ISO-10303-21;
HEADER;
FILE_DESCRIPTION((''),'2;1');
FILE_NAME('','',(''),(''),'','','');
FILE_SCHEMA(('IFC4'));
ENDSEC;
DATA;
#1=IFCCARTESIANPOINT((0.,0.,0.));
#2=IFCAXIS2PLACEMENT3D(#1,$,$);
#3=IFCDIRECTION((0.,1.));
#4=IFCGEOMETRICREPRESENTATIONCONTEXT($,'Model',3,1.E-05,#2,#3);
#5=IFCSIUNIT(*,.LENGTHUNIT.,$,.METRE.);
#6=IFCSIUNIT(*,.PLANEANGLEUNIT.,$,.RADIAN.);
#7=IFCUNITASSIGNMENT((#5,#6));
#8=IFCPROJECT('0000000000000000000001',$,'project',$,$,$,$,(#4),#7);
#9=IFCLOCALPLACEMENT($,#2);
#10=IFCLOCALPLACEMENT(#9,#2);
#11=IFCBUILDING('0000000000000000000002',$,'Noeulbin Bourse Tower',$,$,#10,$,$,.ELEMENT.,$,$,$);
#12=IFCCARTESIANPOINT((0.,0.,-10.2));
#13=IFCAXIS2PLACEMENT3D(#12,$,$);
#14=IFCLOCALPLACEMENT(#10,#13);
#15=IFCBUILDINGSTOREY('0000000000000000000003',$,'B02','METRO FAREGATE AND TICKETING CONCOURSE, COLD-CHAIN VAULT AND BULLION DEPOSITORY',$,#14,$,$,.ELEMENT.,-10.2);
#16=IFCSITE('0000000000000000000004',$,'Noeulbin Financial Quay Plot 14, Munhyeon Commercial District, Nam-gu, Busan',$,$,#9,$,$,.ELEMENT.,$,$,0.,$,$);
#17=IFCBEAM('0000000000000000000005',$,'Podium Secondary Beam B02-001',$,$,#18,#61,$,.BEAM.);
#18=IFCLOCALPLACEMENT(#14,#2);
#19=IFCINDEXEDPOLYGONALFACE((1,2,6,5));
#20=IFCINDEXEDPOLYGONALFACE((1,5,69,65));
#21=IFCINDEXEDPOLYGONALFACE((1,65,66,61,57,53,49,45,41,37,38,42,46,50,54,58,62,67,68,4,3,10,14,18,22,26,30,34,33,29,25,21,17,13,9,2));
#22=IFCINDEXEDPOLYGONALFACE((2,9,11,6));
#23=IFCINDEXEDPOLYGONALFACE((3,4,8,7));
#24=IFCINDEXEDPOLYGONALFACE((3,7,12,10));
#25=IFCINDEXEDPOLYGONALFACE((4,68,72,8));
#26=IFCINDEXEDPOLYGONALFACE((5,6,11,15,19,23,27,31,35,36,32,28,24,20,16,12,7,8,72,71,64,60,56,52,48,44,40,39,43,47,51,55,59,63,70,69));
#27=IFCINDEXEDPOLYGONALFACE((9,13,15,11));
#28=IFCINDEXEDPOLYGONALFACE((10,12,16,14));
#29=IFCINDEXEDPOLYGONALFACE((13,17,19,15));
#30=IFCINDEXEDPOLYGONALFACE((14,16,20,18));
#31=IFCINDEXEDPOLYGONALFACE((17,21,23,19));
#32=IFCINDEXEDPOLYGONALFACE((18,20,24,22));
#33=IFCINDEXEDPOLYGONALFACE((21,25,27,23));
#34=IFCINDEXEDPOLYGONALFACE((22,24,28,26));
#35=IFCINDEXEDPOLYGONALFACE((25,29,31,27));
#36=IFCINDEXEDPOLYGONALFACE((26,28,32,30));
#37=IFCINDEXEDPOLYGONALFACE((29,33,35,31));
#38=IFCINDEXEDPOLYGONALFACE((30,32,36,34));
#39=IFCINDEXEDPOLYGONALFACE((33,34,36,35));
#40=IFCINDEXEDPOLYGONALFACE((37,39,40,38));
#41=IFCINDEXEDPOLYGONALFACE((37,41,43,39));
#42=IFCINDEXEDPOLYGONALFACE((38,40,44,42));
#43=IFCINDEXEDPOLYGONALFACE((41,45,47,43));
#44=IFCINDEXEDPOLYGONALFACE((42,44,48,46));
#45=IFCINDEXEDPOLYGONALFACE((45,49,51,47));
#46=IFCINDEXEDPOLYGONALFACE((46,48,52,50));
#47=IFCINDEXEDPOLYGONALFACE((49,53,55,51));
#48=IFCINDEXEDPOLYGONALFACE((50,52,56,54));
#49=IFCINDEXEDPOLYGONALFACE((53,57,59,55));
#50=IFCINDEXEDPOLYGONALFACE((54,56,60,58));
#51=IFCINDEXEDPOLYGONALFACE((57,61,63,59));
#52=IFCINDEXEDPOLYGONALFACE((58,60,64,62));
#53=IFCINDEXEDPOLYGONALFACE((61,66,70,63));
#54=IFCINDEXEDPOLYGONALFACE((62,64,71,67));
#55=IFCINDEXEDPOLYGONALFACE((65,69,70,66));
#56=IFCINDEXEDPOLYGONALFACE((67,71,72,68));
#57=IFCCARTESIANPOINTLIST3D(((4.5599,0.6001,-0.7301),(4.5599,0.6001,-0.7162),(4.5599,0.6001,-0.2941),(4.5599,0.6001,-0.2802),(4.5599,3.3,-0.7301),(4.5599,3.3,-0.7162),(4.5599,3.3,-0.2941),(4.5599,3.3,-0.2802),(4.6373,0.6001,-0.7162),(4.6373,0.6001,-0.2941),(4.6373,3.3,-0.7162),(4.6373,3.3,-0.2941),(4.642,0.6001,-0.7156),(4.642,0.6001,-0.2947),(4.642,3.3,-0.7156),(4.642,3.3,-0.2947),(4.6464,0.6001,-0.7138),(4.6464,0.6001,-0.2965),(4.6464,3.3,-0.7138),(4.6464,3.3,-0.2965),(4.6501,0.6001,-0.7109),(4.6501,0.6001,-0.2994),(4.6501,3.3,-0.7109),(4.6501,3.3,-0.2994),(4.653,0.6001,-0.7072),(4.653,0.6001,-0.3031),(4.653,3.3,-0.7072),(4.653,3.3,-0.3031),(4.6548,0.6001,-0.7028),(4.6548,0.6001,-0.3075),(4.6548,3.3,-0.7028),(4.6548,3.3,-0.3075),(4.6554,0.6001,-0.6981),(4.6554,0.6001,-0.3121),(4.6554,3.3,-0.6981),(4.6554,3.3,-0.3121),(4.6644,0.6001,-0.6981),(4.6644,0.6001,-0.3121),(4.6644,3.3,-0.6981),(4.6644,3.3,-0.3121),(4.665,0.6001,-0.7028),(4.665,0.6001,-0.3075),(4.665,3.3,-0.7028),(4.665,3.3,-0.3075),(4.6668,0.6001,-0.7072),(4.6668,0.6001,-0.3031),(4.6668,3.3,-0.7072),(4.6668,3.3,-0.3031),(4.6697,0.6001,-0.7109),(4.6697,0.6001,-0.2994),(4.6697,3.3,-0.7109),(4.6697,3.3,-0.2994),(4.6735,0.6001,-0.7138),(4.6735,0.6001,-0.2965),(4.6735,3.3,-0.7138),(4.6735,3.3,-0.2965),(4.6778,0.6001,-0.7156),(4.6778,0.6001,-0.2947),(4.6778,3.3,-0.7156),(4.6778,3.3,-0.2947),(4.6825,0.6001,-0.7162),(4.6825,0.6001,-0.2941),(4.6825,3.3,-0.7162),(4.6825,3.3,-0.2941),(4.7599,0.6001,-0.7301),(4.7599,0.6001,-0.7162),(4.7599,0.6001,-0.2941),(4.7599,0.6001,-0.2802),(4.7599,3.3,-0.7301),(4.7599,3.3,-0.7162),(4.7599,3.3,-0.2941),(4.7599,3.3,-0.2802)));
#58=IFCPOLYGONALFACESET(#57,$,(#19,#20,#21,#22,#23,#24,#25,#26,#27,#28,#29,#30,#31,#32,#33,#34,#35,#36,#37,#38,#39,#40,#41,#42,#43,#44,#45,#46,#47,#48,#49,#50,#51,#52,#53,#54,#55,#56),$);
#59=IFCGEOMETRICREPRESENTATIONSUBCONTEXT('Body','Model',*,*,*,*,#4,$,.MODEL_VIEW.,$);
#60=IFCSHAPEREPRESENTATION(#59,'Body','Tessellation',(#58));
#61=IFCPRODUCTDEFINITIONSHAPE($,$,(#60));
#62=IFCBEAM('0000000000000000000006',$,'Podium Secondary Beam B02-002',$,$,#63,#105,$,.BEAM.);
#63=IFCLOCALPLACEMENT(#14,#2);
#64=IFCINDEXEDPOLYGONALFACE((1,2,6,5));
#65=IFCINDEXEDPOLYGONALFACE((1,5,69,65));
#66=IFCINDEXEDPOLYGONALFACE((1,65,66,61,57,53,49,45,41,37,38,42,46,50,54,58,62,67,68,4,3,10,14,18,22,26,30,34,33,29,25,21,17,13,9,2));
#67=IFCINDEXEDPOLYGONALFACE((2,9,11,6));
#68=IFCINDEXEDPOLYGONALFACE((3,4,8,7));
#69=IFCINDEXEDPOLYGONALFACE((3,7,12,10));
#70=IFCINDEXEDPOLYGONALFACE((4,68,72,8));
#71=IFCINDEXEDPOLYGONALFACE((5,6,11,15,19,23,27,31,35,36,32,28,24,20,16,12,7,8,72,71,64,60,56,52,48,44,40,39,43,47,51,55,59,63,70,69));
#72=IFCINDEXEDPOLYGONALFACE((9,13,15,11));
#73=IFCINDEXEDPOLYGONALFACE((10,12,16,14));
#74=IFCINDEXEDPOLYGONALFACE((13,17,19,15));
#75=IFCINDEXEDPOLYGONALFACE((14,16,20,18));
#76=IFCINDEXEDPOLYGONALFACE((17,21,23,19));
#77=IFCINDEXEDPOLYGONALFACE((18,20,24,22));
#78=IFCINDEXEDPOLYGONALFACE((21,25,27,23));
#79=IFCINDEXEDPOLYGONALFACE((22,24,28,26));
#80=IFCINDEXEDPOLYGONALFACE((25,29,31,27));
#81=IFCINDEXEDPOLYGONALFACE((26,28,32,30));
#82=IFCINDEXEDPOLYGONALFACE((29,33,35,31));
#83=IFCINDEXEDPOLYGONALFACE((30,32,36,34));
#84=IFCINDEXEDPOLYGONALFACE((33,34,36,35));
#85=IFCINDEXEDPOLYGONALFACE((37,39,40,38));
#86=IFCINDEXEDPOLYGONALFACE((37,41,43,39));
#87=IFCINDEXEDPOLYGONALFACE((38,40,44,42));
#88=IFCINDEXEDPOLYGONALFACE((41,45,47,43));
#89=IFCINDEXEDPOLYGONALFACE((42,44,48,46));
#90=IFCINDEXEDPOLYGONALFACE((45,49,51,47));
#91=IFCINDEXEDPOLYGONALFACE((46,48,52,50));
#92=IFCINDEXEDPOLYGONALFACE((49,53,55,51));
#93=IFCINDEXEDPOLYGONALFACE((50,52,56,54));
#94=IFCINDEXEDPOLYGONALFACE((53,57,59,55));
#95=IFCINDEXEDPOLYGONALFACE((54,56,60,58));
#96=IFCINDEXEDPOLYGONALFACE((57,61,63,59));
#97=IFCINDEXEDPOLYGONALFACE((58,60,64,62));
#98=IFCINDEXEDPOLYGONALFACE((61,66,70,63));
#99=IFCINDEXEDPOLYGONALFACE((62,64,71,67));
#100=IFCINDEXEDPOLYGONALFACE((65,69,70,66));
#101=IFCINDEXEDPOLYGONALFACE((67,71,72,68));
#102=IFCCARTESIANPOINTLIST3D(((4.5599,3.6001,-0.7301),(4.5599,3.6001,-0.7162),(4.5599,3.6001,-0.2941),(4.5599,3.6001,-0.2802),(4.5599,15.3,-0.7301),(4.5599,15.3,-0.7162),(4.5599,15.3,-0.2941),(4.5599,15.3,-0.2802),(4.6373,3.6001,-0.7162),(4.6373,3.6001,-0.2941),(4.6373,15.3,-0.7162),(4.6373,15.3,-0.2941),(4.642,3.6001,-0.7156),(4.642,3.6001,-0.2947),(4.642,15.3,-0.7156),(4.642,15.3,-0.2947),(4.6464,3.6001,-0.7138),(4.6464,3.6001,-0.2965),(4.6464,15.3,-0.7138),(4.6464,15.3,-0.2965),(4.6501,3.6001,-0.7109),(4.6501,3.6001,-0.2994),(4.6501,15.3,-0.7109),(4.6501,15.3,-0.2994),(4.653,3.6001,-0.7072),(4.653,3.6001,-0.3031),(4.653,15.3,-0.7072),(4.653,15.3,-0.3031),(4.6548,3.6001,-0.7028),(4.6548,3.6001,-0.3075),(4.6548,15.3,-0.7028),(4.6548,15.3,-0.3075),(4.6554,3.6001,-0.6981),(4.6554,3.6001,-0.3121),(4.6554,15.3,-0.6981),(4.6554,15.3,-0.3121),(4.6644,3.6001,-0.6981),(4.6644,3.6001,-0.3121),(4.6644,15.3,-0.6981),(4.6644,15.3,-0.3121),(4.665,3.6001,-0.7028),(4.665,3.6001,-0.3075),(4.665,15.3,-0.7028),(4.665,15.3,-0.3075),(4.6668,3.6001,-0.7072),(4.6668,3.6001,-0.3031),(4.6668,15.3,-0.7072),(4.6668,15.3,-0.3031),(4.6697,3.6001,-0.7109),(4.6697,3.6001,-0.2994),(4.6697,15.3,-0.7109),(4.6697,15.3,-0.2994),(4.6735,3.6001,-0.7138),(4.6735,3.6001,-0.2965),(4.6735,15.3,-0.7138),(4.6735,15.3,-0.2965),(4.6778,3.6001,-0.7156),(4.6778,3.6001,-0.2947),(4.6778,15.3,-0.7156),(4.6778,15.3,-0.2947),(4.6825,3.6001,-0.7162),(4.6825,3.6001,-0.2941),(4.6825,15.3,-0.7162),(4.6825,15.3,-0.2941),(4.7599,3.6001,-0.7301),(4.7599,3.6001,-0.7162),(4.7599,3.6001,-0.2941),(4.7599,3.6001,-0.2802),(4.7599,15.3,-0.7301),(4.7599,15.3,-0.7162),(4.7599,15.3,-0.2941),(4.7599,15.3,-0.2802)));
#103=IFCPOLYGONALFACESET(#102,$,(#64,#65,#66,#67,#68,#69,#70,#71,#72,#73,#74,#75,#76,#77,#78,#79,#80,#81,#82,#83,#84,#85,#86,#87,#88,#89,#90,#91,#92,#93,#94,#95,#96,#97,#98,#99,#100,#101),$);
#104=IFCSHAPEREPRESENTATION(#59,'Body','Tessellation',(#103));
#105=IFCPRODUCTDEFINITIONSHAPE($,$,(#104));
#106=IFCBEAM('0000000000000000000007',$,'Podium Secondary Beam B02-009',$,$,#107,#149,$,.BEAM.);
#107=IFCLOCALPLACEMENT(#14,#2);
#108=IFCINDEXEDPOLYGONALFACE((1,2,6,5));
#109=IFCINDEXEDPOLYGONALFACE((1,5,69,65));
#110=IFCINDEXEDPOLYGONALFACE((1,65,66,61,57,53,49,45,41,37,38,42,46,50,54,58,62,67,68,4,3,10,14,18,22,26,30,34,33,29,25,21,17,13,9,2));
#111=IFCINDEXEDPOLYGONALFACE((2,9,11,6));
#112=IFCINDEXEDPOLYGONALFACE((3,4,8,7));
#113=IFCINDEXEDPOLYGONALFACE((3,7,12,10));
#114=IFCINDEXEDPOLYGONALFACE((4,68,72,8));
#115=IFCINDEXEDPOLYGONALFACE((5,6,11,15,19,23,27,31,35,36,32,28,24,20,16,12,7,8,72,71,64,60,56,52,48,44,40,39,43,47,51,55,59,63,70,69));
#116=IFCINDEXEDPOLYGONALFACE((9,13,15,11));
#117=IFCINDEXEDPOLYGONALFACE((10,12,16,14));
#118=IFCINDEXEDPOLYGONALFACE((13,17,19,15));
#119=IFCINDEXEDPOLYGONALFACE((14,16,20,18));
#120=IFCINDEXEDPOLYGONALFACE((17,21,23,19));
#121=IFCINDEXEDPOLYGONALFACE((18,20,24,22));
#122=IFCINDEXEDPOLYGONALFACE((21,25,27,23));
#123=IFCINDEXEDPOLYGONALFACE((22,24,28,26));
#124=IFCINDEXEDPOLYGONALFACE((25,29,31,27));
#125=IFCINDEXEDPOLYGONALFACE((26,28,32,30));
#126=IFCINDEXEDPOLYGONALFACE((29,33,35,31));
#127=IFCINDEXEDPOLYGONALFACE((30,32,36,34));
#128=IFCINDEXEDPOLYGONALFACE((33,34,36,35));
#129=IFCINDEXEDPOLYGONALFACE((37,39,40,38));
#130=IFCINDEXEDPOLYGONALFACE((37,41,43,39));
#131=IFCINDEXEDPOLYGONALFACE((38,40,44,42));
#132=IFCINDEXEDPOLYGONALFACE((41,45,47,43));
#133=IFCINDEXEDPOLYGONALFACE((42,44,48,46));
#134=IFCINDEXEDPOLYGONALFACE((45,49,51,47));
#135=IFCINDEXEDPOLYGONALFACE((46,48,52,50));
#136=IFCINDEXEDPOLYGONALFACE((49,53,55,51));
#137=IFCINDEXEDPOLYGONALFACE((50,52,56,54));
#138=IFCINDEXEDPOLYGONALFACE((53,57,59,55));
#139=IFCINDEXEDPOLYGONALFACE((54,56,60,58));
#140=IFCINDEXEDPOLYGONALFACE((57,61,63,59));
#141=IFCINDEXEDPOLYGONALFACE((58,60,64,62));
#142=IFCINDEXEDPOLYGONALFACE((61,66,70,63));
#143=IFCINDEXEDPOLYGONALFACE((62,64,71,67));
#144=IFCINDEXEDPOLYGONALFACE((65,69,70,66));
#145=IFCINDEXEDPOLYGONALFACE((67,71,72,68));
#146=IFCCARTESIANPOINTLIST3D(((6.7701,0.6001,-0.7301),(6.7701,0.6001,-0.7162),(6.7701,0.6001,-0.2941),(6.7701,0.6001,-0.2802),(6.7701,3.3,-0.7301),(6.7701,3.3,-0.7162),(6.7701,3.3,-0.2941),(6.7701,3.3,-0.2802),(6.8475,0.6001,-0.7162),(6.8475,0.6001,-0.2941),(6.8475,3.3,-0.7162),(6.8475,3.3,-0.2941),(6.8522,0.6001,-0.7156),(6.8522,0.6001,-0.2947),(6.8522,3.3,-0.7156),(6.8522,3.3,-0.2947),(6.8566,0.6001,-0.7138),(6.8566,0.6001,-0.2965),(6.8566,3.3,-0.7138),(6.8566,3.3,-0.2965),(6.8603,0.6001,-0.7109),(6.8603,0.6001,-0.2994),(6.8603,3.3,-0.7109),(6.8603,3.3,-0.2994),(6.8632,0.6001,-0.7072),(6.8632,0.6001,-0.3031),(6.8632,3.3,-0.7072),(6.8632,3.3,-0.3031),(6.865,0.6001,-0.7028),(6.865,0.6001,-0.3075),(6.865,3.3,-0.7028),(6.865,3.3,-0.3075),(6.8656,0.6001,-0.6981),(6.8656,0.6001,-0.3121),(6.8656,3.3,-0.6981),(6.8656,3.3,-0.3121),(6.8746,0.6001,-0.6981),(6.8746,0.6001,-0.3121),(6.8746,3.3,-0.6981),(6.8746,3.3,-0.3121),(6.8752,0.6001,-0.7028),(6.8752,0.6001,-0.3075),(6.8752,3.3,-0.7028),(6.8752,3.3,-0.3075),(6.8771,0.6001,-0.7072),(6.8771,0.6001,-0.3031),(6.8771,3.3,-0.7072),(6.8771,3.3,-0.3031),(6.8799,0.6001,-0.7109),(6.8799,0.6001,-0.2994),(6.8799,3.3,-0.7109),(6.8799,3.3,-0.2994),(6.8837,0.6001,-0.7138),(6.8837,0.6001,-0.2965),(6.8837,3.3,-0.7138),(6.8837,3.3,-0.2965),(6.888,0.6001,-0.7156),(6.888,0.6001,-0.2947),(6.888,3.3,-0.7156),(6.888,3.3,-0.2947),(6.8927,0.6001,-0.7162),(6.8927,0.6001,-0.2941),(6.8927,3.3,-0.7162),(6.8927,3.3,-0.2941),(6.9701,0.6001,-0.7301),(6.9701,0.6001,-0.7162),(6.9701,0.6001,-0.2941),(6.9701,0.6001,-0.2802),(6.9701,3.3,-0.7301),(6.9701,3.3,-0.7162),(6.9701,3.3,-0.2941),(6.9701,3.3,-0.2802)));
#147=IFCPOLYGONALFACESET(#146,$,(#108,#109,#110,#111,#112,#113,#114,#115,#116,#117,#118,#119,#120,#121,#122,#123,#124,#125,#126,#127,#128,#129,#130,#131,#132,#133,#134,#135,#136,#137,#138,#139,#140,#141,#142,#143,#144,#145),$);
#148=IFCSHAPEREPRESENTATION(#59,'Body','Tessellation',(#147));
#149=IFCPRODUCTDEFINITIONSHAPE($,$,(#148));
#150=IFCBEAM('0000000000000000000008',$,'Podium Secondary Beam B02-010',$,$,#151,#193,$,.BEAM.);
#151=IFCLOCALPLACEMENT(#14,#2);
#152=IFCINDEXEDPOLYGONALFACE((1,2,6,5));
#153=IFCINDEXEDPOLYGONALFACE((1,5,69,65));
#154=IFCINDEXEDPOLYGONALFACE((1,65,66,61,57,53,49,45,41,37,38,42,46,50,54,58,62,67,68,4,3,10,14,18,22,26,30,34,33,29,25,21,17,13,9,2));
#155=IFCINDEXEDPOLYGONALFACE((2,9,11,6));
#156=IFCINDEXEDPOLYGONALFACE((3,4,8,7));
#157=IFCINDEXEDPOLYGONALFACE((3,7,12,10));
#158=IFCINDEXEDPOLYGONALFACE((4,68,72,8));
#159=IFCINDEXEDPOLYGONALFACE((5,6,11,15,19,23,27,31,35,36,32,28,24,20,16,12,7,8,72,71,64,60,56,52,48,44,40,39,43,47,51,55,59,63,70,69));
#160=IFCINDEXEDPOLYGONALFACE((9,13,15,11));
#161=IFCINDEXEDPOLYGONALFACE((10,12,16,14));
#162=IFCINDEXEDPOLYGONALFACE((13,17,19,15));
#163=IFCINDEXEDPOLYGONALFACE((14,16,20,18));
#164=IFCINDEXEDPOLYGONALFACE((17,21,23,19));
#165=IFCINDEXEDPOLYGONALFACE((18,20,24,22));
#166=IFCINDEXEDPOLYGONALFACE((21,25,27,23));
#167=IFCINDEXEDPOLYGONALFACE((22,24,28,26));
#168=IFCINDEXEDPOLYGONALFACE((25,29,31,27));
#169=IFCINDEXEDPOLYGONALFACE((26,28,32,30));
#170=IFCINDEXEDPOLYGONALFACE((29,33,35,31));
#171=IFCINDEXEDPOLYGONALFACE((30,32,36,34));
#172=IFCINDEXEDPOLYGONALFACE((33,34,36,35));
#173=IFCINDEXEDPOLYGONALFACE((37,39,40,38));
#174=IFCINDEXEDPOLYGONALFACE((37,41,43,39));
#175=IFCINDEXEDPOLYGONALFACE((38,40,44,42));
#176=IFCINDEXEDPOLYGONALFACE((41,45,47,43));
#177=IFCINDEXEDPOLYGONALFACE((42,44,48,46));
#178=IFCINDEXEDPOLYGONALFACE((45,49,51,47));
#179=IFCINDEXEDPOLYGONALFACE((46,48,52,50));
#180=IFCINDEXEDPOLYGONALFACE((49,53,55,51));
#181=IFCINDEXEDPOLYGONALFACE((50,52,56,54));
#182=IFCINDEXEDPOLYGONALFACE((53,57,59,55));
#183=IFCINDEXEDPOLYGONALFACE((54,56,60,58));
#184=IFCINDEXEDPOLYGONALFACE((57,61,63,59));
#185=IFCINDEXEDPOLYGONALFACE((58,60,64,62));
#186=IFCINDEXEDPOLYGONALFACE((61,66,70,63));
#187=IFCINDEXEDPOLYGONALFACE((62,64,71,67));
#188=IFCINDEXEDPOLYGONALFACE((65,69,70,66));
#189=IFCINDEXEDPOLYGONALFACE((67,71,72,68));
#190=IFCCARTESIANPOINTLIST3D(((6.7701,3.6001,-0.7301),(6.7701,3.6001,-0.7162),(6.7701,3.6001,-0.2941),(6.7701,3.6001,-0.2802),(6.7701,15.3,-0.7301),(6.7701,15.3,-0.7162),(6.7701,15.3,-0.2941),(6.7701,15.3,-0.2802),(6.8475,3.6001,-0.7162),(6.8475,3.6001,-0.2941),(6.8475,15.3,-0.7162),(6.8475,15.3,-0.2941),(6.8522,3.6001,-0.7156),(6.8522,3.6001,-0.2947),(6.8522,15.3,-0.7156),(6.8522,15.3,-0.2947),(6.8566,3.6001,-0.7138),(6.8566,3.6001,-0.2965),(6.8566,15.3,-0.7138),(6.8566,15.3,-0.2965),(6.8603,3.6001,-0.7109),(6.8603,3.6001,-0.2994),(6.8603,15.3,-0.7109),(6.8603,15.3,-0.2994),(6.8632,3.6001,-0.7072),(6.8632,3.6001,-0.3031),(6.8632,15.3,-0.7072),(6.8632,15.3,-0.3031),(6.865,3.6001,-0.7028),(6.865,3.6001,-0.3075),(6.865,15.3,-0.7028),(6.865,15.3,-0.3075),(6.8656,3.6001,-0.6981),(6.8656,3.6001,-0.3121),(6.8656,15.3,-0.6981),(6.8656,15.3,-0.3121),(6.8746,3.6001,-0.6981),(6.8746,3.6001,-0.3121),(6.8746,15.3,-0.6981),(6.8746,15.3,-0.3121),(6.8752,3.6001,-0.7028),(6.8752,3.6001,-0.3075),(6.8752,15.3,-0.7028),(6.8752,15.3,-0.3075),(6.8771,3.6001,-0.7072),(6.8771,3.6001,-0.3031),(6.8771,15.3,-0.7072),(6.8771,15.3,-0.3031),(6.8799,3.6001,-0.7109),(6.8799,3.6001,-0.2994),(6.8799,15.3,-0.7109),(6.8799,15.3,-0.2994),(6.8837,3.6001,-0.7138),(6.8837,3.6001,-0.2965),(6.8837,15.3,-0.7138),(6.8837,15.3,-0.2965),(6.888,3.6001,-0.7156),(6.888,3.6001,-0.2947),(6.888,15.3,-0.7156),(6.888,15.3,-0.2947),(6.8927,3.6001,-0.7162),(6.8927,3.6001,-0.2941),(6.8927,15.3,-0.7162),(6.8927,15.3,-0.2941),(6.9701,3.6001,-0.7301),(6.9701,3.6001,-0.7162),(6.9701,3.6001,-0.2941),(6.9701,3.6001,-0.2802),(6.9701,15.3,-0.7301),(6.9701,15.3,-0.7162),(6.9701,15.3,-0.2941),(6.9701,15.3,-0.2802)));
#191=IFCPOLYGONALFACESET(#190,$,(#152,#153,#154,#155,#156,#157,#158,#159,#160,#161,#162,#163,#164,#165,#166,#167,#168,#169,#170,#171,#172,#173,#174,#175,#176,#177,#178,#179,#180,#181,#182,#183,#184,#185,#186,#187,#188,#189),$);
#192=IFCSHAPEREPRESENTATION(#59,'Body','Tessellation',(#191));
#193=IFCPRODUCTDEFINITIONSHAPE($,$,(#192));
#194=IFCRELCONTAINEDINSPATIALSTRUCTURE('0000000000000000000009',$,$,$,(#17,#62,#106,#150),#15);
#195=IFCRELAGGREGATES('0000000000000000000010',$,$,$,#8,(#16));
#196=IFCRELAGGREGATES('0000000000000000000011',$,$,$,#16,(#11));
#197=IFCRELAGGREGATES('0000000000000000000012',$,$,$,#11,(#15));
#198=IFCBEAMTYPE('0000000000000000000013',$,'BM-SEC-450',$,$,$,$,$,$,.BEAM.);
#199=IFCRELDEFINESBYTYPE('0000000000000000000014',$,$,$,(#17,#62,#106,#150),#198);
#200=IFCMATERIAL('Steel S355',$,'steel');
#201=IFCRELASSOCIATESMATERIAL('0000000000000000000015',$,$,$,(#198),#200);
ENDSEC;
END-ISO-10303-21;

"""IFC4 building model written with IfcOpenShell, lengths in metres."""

from ifc_helpers import new_model, si_unit, direction, frame, origin, origin_2d, place, context, subcontext, project, spatial, i_section, extrude, material, material_profile, profile_set, type_object, element, save


model = new_model("IFC4")

# Units and contexts
model_context = context("Model", 3, precision=1e-05, world=origin(), true_north=direction((0.0, 1.0)))
body_context = subcontext(model_context, "Body", "Model", "MODEL_VIEW")
ifc_project = project(units=[si_unit("LENGTHUNIT", "METRE"), si_unit("PLANEANGLEUNIT", "RADIAN")], contexts=[model_context])

# Site, building, storey
site_placement = place(None, origin())
site = spatial("IfcSite", under=ifc_project, at=site_placement, Name="Noeulbin Financial Quay Plot 14, Munhyeon Commercial District, Nam-gu, Busan", CompositionType="ELEMENT", RefElevation=0.0)
building_placement = place(site_placement, origin())
building = spatial("IfcBuilding", under=site, at=building_placement, Name="Noeulbin Bourse Tower", CompositionType="ELEMENT")
storey_placement = place(building_placement, frame((0.0, 0.0, -10.2)))
storey = spatial("IfcBuildingStorey", under=building, at=storey_placement, Name="B02", Description="METRO FAREGATE AND TICKETING CONCOURSE, COLD-CHAIN VAULT AND BULLION DEPOSITORY", CompositionType="ELEMENT", Elevation=-10.2)

# Beams
ifc_material_1 = material(Name="Steel S355", Category="steel")
ifc_material_profile_1 = material_profile(ifc_material_1, i_section(OverallWidth=0.2, OverallDepth=0.45, WebThickness=0.009, FlangeThickness=0.0139, FilletRadius=0.0181, at=origin_2d()), Name="H-450x200x9x14", Category="LoadBearing")
ifc_profile_set_1 = profile_set([ifc_material_profile_1], Name="Steel S355")
beam_type_1 = type_object("IfcBeamType", Name="BM-SEC-450", PredefinedType="BEAM", material=ifc_profile_set_1)
beam_1_placement = place(storey_placement, frame((4.6599, 0.6001, -0.5051), z_axis=(0.0, 1.0, 0.0), x_axis=(-1.0, 0.0, 0.0)))
element("IfcBeam", 1, at=beam_1_placement, inside=storey, type_object=beam_type_1, Name="Podium Secondary Beam B02-001", PredefinedType="BEAM", context=body_context, shape_type="SweptSolid", body=[
    extrude(i_section(OverallWidth=0.2, OverallDepth=0.45, WebThickness=0.009, FlangeThickness=0.0139, FilletRadius=0.0181, at=origin_2d()), origin(), (0.0, 0.0, 1.0), 2.7),
])
beam_2_placement = place(storey_placement, frame((4.6599, 3.6001, -0.5051), z_axis=(0.0, 1.0, 0.0), x_axis=(-1.0, 0.0, 0.0)))
element("IfcBeam", 2, at=beam_2_placement, inside=storey, type_object=beam_type_1, Name="Podium Secondary Beam B02-002", PredefinedType="BEAM", context=body_context, shape_type="SweptSolid", body=[
    extrude(i_section(OverallWidth=0.2, OverallDepth=0.45, WebThickness=0.009, FlangeThickness=0.0139, FilletRadius=0.0181, at=origin_2d()), origin(), (0.0, 0.0, 1.0), 11.7),
])
beam_3_placement = place(storey_placement, frame((6.8701, 0.6001, -0.5051), z_axis=(0.0, 1.0, 0.0), x_axis=(-1.0, 0.0, 0.0)))
element("IfcBeam", 3, at=beam_3_placement, inside=storey, type_object=beam_type_1, Name="Podium Secondary Beam B02-009", PredefinedType="BEAM", context=body_context, shape_type="SweptSolid", body=[
    extrude(i_section(OverallWidth=0.2, OverallDepth=0.45, WebThickness=0.009, FlangeThickness=0.0139, FilletRadius=0.0181, at=origin_2d()), origin(), (0.0, 0.0, 1.0), 2.7),
])
beam_4_placement = place(storey_placement, frame((6.8701, 3.6001, -0.5051), z_axis=(0.0, 1.0, 0.0), x_axis=(-1.0, 0.0, 0.0)))
element("IfcBeam", 4, at=beam_4_placement, inside=storey, type_object=beam_type_1, Name="Podium Secondary Beam B02-010", PredefinedType="BEAM", context=body_context, shape_type="SweptSolid", body=[
    extrude(i_section(OverallWidth=0.2, OverallDepth=0.45, WebThickness=0.009, FlangeThickness=0.0139, FilletRadius=0.0181, at=origin_2d()), origin(), (0.0, 0.0, 1.0), 11.7),
])

save(model, "model.ifc")
